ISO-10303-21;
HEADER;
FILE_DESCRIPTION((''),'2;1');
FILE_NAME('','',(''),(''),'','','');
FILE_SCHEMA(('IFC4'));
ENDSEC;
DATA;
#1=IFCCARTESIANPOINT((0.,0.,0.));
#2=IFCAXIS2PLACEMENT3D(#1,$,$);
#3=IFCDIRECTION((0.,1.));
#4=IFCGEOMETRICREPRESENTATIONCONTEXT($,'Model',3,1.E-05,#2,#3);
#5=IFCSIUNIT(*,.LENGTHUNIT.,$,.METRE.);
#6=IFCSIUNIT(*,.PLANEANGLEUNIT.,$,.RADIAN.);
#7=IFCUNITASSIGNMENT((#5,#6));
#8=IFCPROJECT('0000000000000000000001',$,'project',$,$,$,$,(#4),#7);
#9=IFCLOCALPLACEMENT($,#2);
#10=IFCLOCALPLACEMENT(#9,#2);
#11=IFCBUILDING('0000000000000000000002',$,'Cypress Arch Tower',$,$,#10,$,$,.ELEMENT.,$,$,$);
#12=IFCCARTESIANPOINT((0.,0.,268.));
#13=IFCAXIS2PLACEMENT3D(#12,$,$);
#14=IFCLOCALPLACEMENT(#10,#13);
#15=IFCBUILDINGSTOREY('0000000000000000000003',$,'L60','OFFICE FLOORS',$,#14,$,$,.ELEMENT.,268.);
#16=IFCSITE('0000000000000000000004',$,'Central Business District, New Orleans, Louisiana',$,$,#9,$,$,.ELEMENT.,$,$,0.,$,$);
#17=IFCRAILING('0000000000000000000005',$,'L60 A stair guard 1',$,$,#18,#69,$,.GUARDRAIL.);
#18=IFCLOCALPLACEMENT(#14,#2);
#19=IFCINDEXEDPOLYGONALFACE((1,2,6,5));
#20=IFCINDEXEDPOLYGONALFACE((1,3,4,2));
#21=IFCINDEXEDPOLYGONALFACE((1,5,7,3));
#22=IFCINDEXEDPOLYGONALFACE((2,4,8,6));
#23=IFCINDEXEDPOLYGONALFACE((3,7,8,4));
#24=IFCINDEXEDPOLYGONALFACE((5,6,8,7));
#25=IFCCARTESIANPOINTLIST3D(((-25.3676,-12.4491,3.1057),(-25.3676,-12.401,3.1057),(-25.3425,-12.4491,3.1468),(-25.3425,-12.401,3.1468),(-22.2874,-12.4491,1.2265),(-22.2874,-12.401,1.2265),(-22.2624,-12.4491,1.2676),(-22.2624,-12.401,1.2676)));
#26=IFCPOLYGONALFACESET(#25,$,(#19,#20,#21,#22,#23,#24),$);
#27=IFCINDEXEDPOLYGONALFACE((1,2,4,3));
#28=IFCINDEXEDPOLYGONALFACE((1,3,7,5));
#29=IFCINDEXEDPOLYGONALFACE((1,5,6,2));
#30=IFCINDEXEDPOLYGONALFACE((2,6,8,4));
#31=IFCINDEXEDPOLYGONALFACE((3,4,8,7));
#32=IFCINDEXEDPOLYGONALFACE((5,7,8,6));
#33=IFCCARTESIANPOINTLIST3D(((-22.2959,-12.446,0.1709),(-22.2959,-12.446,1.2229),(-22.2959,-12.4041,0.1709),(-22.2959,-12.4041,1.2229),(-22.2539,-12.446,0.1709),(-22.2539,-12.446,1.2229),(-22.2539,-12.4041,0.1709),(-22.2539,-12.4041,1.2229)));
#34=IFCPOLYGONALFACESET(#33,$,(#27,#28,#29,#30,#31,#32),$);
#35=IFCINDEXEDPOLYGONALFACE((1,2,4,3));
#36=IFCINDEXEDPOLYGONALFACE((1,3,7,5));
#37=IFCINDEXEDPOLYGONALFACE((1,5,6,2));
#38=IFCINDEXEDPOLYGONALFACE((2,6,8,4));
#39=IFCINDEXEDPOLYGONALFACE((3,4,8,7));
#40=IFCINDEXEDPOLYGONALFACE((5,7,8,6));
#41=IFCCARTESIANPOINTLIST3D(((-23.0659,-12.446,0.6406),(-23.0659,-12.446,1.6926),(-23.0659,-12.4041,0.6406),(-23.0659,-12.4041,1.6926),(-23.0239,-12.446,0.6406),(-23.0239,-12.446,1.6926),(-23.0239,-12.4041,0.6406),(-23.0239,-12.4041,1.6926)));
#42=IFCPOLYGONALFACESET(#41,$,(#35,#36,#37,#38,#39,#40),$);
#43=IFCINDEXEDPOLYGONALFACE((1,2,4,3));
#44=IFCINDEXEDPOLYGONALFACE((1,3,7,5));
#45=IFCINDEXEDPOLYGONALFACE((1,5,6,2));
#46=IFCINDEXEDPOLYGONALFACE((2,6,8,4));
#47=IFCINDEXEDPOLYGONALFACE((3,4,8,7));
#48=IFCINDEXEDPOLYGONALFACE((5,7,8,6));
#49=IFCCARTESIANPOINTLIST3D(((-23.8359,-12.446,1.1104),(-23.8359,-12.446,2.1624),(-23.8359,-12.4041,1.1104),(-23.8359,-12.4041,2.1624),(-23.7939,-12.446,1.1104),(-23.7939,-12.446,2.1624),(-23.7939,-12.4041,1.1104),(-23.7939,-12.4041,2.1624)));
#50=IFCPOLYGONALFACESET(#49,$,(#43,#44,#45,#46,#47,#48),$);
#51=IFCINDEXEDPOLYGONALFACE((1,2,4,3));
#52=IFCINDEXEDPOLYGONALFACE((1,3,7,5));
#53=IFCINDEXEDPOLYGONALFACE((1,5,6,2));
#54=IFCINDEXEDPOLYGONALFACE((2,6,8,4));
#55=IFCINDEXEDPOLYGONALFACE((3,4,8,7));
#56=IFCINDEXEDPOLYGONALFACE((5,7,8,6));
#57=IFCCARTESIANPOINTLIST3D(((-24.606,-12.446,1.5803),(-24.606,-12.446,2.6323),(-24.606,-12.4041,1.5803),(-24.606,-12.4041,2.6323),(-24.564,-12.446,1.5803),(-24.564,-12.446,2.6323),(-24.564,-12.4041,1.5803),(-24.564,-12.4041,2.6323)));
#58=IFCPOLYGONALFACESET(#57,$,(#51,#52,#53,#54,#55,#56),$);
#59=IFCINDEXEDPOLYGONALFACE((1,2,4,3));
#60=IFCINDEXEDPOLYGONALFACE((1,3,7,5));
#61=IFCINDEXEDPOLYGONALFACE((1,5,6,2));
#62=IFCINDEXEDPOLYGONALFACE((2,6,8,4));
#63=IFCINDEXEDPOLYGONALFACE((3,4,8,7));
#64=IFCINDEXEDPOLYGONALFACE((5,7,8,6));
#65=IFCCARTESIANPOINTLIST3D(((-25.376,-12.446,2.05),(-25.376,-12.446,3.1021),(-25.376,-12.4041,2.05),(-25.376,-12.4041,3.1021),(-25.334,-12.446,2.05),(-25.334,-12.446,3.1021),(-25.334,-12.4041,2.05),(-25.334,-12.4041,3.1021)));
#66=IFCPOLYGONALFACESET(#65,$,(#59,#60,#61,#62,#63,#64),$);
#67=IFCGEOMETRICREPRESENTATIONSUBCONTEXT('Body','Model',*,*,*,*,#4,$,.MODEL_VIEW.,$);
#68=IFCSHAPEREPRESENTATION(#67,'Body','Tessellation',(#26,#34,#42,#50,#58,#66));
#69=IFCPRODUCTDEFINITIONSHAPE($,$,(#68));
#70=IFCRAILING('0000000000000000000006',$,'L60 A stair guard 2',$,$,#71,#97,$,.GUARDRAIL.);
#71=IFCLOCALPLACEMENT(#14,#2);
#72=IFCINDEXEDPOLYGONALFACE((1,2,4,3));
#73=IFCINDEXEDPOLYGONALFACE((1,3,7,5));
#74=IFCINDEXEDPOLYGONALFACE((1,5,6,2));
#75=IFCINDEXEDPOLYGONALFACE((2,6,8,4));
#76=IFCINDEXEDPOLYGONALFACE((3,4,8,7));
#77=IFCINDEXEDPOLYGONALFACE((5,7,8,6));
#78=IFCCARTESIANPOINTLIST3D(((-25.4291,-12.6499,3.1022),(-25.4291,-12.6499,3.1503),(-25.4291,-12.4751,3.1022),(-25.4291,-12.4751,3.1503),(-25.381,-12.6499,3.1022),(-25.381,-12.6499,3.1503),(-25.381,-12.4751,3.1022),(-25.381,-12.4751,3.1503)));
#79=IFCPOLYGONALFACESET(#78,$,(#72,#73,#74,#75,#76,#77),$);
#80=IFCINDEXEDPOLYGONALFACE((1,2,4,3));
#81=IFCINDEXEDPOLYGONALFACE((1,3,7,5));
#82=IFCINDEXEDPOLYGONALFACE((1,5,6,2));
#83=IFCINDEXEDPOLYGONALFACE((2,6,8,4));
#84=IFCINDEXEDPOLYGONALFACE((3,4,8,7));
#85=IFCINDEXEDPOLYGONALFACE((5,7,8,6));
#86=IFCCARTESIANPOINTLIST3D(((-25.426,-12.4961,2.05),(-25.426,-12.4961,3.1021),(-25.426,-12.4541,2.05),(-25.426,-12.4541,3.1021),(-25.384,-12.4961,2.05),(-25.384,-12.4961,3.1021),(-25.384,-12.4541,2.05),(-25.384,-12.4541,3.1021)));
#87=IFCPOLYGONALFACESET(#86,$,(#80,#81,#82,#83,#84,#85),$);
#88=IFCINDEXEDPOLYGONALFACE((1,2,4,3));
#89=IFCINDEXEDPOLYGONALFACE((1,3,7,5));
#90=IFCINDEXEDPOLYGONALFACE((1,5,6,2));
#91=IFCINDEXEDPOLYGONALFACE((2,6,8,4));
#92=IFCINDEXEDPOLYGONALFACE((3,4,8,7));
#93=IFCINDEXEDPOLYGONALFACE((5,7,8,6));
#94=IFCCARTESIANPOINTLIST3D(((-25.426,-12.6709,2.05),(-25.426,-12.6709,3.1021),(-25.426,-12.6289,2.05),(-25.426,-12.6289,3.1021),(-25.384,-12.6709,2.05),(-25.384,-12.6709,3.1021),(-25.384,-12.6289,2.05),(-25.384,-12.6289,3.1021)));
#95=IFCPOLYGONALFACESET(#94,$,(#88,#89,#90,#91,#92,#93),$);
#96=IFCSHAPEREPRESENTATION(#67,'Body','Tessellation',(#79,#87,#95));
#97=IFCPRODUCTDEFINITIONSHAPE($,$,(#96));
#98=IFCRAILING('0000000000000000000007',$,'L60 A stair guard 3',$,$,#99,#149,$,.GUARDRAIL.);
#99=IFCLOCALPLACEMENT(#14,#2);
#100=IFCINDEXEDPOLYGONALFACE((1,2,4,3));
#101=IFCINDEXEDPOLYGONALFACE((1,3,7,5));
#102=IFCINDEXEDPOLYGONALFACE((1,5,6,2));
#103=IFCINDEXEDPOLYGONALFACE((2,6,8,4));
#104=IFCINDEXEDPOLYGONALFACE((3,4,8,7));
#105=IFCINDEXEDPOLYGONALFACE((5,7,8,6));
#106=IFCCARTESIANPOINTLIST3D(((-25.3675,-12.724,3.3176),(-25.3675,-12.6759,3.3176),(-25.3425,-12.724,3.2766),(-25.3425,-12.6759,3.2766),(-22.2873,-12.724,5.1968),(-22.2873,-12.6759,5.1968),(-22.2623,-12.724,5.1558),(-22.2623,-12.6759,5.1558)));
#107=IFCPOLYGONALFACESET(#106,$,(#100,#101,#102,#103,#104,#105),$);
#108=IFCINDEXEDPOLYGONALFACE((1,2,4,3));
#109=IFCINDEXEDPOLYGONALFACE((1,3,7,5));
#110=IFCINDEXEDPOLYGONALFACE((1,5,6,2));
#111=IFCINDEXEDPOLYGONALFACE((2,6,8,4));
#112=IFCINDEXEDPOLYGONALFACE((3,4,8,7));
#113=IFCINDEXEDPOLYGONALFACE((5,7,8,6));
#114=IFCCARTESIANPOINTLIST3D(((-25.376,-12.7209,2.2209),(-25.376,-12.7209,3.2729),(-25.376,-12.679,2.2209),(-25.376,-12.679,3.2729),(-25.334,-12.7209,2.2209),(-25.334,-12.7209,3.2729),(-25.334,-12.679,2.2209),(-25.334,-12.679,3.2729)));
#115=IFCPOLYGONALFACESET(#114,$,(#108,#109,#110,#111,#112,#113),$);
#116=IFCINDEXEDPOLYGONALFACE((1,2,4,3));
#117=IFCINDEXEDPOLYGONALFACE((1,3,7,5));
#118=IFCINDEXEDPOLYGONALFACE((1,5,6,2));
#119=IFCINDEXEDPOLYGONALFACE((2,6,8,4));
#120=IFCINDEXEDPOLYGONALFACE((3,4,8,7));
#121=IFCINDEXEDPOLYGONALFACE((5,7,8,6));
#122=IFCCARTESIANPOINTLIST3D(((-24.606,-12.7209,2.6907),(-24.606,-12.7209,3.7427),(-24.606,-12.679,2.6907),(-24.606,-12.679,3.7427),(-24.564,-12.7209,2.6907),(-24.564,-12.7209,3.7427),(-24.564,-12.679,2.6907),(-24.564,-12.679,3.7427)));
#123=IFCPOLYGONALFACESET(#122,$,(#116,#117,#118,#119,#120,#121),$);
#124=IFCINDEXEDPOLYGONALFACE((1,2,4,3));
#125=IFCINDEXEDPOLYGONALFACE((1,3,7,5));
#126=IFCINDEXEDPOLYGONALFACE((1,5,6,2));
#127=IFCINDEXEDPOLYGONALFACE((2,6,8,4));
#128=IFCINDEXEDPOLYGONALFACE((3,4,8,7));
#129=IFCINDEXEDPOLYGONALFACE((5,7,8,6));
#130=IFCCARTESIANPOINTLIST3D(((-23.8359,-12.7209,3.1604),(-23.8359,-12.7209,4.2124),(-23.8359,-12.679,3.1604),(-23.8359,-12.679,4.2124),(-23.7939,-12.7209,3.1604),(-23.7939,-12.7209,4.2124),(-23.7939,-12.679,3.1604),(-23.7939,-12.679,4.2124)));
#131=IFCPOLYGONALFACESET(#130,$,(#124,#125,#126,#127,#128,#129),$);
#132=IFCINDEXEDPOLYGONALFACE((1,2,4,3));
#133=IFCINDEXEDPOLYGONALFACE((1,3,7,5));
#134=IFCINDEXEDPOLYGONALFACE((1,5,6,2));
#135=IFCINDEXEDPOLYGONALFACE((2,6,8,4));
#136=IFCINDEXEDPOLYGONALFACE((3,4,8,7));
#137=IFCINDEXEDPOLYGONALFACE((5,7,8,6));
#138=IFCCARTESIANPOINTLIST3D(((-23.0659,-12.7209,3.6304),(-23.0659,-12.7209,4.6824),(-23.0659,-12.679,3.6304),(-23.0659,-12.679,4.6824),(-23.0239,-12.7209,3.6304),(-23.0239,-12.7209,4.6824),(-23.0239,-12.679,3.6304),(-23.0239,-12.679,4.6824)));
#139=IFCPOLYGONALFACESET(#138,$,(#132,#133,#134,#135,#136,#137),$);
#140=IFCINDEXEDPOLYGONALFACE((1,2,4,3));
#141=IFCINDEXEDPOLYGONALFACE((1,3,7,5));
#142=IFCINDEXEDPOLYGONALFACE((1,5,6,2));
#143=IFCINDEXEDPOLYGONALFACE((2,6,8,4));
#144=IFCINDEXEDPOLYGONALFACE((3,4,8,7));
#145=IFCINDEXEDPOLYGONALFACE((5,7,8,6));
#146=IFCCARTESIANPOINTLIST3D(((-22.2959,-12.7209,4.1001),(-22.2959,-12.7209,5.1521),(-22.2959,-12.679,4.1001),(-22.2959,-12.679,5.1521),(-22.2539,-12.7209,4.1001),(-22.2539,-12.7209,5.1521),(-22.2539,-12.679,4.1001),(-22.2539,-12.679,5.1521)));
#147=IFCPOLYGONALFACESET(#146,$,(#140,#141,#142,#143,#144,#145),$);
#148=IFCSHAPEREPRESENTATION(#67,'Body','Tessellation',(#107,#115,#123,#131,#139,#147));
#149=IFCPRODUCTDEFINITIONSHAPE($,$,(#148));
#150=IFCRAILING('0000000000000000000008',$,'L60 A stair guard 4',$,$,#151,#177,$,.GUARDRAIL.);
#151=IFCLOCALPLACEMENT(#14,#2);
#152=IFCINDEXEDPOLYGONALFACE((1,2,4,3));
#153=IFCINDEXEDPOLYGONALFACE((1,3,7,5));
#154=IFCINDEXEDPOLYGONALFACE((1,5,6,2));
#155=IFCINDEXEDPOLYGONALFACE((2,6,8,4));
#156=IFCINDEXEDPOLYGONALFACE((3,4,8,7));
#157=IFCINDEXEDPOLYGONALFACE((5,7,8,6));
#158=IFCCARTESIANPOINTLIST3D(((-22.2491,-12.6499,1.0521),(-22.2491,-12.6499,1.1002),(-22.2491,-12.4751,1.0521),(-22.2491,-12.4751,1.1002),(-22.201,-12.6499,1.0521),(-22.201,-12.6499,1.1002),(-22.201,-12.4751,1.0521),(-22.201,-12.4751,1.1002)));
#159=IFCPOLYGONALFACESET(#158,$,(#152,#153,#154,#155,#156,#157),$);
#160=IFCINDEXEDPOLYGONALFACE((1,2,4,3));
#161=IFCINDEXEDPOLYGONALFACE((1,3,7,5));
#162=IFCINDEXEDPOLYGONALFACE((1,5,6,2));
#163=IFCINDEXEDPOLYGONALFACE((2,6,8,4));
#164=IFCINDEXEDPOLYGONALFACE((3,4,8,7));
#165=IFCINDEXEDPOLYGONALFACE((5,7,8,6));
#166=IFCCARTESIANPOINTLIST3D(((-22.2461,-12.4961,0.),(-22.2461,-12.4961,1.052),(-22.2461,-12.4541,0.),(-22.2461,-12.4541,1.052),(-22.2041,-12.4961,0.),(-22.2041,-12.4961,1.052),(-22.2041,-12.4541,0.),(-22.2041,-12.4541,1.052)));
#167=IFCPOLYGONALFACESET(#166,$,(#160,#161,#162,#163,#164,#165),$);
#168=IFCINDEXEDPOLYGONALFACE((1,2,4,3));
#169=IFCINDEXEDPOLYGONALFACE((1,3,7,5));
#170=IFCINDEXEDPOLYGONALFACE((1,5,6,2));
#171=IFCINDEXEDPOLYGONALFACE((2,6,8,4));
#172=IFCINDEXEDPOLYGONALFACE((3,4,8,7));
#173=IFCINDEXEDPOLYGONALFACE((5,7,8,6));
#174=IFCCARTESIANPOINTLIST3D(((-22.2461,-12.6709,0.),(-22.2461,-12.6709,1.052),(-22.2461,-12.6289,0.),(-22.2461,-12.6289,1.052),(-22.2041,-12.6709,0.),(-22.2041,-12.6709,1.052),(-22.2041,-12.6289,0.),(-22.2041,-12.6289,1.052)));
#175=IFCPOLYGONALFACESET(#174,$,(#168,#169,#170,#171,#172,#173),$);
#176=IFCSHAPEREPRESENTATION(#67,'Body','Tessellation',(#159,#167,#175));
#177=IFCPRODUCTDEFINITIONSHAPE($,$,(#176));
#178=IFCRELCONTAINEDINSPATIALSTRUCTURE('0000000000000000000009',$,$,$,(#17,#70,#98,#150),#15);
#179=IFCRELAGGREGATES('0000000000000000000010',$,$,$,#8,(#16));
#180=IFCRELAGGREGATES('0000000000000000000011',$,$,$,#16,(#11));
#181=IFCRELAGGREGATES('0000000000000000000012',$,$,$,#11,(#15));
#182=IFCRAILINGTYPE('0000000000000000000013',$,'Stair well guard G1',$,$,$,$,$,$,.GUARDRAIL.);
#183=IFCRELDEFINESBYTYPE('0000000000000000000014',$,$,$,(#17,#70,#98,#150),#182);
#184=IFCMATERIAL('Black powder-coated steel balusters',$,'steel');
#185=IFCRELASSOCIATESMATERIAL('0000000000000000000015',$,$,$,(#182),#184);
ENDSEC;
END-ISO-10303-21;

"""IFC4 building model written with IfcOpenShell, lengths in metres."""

from ifc_helpers import new_model, si_unit, direction, frame, origin, origin_2d, place, context, subcontext, project, spatial, rectangle, extrude, material, type_object, element, save


model = new_model("IFC4")

# Units and contexts
model_context = context("Model", 3, precision=1e-05, world=origin(), true_north=direction((0.0, 1.0)))
body_context = subcontext(model_context, "Body", "Model", "MODEL_VIEW")
ifc_project = project(units=[si_unit("LENGTHUNIT", "METRE"), si_unit("PLANEANGLEUNIT", "RADIAN")], contexts=[model_context])

# Site, building, storey
site_placement = place(None, origin())
site = spatial("IfcSite", under=ifc_project, at=site_placement, Name="Central Business District, New Orleans, Louisiana", CompositionType="ELEMENT", RefElevation=0.0)
building_placement = place(site_placement, origin())
building = spatial("IfcBuilding", under=site, at=building_placement, Name="Cypress Arch Tower", CompositionType="ELEMENT")
storey_placement = place(building_placement, frame((0.0, 0.0, 268.0)))
storey = spatial("IfcBuildingStorey", under=building, at=storey_placement, Name="L60", Description="OFFICE FLOORS", CompositionType="ELEMENT", Elevation=268.0)

# Railings
ifc_material_1 = material(Name="Black powder-coated steel balusters", Category="steel")
railing_type_1 = type_object("IfcRailingType", Name="Stair well guard G1", PredefinedType="GUARDRAIL", material=ifc_material_1)
railing_1_placement = place(storey_placement, frame((-22.2749, -12.425, 0.1709)))
element("IfcRailing", 1, at=railing_1_placement, inside=storey, type_object=railing_type_1, Name="L60 A stair guard 1", PredefinedType="GUARDRAIL", context=body_context, shape_type="SweptSolid", body=[
    extrude(rectangle(XDim=0.0481, YDim=0.0481, at=origin_2d()), frame((0.0, 0.0, 1.0762), z_axis=(-0.853666, 0.0, 0.52082), x_axis=(0.0, -1.0, 0.0)), (0.0, 0.0, 1.0), 3.6082),
    extrude(rectangle(XDim=0.042, YDim=0.042, at=origin_2d()), origin(), (0.0, 0.0, 1.0), 1.052),
    extrude(rectangle(XDim=0.042, YDim=0.042, at=origin_2d()), frame((-0.77, 0.0, 0.4697)), (0.0, 0.0, 1.0), 1.052),
    extrude(rectangle(XDim=0.042, YDim=0.042, at=origin_2d()), frame((-1.54, 0.0, 0.9395)), (0.0, 0.0, 1.0), 1.052),
    extrude(rectangle(XDim=0.042, YDim=0.042, at=origin_2d()), frame((-2.3101, 0.0, 1.4094)), (0.0, 0.0, 1.0), 1.052),
    extrude(rectangle(XDim=0.042, YDim=0.042, at=origin_2d()), frame((-3.0801, 0.0, 1.8792)), (0.0, 0.0, 1.0), 1.052),
])
railing_2_placement = place(storey_placement, frame((-25.405, -12.4751, 2.05)))
element("IfcRailing", 2, at=railing_2_placement, inside=storey, type_object=railing_type_1, Name="L60 A stair guard 2", PredefinedType="GUARDRAIL", context=body_context, shape_type="SweptSolid", body=[
    extrude(rectangle(XDim=0.0481, YDim=0.0481, at=origin_2d()), frame((0.0, 0.0, 1.0762), z_axis=(0.0, -1.0, 0.0), x_axis=(1.0, 0.0, 0.0)), (0.0, 0.0, 1.0), 0.1748),
    extrude(rectangle(XDim=0.042, YDim=0.042, at=origin_2d()), origin(), (0.0, 0.0, 1.0), 1.052),
    extrude(rectangle(XDim=0.042, YDim=0.042, at=origin_2d()), frame((0.0, -0.1748, 0.0)), (0.0, 0.0, 1.0), 1.052),
])
railing_3_placement = place(storey_placement, frame((-25.355, -12.7, 2.2209)))
element("IfcRailing", 3, at=railing_3_placement, inside=storey, type_object=railing_type_1, Name="L60 A stair guard 3", PredefinedType="GUARDRAIL", context=body_context, shape_type="SweptSolid", body=[
    extrude(rectangle(XDim=0.0481, YDim=0.0481, at=origin_2d()), frame((0.0, 0.0, 1.0762), z_axis=(0.853666, 0.0, 0.52082), x_axis=(0.0, 1.0, 0.0)), (0.0, 0.0, 1.0), 3.6082),
    extrude(rectangle(XDim=0.042, YDim=0.042, at=origin_2d()), origin(), (0.0, 0.0, 1.0), 1.052),
    extrude(rectangle(XDim=0.042, YDim=0.042, at=origin_2d()), frame((0.77, 0.0, 0.4697)), (0.0, 0.0, 1.0), 1.052),
    extrude(rectangle(XDim=0.042, YDim=0.042, at=origin_2d()), frame((1.54, 0.0, 0.9395)), (0.0, 0.0, 1.0), 1.052),
    extrude(rectangle(XDim=0.042, YDim=0.042, at=origin_2d()), frame((2.3101, 0.0, 1.4094)), (0.0, 0.0, 1.0), 1.052),
    extrude(rectangle(XDim=0.042, YDim=0.042, at=origin_2d()), frame((3.0801, 0.0, 1.8792)), (0.0, 0.0, 1.0), 1.052),
])
railing_4_placement = place(storey_placement, frame((-22.2251, -12.4751, 0.0)))
element("IfcRailing", 4, at=railing_4_placement, inside=storey, type_object=railing_type_1, Name="L60 A stair guard 4", PredefinedType="GUARDRAIL", context=body_context, shape_type="SweptSolid", body=[
    extrude(rectangle(XDim=0.0481, YDim=0.0481, at=origin_2d()), frame((0.0, 0.0, 1.0762), z_axis=(0.0, -1.0, 0.0), x_axis=(1.0, 0.0, 0.0)), (0.0, 0.0, 1.0), 0.1748),
    extrude(rectangle(XDim=0.042, YDim=0.042, at=origin_2d()), origin(), (0.0, 0.0, 1.0), 1.052),
    extrude(rectangle(XDim=0.042, YDim=0.042, at=origin_2d()), frame((0.0, -0.1748, 0.0)), (0.0, 0.0, 1.0), 1.052),
])

save(model, "model.ifc")
